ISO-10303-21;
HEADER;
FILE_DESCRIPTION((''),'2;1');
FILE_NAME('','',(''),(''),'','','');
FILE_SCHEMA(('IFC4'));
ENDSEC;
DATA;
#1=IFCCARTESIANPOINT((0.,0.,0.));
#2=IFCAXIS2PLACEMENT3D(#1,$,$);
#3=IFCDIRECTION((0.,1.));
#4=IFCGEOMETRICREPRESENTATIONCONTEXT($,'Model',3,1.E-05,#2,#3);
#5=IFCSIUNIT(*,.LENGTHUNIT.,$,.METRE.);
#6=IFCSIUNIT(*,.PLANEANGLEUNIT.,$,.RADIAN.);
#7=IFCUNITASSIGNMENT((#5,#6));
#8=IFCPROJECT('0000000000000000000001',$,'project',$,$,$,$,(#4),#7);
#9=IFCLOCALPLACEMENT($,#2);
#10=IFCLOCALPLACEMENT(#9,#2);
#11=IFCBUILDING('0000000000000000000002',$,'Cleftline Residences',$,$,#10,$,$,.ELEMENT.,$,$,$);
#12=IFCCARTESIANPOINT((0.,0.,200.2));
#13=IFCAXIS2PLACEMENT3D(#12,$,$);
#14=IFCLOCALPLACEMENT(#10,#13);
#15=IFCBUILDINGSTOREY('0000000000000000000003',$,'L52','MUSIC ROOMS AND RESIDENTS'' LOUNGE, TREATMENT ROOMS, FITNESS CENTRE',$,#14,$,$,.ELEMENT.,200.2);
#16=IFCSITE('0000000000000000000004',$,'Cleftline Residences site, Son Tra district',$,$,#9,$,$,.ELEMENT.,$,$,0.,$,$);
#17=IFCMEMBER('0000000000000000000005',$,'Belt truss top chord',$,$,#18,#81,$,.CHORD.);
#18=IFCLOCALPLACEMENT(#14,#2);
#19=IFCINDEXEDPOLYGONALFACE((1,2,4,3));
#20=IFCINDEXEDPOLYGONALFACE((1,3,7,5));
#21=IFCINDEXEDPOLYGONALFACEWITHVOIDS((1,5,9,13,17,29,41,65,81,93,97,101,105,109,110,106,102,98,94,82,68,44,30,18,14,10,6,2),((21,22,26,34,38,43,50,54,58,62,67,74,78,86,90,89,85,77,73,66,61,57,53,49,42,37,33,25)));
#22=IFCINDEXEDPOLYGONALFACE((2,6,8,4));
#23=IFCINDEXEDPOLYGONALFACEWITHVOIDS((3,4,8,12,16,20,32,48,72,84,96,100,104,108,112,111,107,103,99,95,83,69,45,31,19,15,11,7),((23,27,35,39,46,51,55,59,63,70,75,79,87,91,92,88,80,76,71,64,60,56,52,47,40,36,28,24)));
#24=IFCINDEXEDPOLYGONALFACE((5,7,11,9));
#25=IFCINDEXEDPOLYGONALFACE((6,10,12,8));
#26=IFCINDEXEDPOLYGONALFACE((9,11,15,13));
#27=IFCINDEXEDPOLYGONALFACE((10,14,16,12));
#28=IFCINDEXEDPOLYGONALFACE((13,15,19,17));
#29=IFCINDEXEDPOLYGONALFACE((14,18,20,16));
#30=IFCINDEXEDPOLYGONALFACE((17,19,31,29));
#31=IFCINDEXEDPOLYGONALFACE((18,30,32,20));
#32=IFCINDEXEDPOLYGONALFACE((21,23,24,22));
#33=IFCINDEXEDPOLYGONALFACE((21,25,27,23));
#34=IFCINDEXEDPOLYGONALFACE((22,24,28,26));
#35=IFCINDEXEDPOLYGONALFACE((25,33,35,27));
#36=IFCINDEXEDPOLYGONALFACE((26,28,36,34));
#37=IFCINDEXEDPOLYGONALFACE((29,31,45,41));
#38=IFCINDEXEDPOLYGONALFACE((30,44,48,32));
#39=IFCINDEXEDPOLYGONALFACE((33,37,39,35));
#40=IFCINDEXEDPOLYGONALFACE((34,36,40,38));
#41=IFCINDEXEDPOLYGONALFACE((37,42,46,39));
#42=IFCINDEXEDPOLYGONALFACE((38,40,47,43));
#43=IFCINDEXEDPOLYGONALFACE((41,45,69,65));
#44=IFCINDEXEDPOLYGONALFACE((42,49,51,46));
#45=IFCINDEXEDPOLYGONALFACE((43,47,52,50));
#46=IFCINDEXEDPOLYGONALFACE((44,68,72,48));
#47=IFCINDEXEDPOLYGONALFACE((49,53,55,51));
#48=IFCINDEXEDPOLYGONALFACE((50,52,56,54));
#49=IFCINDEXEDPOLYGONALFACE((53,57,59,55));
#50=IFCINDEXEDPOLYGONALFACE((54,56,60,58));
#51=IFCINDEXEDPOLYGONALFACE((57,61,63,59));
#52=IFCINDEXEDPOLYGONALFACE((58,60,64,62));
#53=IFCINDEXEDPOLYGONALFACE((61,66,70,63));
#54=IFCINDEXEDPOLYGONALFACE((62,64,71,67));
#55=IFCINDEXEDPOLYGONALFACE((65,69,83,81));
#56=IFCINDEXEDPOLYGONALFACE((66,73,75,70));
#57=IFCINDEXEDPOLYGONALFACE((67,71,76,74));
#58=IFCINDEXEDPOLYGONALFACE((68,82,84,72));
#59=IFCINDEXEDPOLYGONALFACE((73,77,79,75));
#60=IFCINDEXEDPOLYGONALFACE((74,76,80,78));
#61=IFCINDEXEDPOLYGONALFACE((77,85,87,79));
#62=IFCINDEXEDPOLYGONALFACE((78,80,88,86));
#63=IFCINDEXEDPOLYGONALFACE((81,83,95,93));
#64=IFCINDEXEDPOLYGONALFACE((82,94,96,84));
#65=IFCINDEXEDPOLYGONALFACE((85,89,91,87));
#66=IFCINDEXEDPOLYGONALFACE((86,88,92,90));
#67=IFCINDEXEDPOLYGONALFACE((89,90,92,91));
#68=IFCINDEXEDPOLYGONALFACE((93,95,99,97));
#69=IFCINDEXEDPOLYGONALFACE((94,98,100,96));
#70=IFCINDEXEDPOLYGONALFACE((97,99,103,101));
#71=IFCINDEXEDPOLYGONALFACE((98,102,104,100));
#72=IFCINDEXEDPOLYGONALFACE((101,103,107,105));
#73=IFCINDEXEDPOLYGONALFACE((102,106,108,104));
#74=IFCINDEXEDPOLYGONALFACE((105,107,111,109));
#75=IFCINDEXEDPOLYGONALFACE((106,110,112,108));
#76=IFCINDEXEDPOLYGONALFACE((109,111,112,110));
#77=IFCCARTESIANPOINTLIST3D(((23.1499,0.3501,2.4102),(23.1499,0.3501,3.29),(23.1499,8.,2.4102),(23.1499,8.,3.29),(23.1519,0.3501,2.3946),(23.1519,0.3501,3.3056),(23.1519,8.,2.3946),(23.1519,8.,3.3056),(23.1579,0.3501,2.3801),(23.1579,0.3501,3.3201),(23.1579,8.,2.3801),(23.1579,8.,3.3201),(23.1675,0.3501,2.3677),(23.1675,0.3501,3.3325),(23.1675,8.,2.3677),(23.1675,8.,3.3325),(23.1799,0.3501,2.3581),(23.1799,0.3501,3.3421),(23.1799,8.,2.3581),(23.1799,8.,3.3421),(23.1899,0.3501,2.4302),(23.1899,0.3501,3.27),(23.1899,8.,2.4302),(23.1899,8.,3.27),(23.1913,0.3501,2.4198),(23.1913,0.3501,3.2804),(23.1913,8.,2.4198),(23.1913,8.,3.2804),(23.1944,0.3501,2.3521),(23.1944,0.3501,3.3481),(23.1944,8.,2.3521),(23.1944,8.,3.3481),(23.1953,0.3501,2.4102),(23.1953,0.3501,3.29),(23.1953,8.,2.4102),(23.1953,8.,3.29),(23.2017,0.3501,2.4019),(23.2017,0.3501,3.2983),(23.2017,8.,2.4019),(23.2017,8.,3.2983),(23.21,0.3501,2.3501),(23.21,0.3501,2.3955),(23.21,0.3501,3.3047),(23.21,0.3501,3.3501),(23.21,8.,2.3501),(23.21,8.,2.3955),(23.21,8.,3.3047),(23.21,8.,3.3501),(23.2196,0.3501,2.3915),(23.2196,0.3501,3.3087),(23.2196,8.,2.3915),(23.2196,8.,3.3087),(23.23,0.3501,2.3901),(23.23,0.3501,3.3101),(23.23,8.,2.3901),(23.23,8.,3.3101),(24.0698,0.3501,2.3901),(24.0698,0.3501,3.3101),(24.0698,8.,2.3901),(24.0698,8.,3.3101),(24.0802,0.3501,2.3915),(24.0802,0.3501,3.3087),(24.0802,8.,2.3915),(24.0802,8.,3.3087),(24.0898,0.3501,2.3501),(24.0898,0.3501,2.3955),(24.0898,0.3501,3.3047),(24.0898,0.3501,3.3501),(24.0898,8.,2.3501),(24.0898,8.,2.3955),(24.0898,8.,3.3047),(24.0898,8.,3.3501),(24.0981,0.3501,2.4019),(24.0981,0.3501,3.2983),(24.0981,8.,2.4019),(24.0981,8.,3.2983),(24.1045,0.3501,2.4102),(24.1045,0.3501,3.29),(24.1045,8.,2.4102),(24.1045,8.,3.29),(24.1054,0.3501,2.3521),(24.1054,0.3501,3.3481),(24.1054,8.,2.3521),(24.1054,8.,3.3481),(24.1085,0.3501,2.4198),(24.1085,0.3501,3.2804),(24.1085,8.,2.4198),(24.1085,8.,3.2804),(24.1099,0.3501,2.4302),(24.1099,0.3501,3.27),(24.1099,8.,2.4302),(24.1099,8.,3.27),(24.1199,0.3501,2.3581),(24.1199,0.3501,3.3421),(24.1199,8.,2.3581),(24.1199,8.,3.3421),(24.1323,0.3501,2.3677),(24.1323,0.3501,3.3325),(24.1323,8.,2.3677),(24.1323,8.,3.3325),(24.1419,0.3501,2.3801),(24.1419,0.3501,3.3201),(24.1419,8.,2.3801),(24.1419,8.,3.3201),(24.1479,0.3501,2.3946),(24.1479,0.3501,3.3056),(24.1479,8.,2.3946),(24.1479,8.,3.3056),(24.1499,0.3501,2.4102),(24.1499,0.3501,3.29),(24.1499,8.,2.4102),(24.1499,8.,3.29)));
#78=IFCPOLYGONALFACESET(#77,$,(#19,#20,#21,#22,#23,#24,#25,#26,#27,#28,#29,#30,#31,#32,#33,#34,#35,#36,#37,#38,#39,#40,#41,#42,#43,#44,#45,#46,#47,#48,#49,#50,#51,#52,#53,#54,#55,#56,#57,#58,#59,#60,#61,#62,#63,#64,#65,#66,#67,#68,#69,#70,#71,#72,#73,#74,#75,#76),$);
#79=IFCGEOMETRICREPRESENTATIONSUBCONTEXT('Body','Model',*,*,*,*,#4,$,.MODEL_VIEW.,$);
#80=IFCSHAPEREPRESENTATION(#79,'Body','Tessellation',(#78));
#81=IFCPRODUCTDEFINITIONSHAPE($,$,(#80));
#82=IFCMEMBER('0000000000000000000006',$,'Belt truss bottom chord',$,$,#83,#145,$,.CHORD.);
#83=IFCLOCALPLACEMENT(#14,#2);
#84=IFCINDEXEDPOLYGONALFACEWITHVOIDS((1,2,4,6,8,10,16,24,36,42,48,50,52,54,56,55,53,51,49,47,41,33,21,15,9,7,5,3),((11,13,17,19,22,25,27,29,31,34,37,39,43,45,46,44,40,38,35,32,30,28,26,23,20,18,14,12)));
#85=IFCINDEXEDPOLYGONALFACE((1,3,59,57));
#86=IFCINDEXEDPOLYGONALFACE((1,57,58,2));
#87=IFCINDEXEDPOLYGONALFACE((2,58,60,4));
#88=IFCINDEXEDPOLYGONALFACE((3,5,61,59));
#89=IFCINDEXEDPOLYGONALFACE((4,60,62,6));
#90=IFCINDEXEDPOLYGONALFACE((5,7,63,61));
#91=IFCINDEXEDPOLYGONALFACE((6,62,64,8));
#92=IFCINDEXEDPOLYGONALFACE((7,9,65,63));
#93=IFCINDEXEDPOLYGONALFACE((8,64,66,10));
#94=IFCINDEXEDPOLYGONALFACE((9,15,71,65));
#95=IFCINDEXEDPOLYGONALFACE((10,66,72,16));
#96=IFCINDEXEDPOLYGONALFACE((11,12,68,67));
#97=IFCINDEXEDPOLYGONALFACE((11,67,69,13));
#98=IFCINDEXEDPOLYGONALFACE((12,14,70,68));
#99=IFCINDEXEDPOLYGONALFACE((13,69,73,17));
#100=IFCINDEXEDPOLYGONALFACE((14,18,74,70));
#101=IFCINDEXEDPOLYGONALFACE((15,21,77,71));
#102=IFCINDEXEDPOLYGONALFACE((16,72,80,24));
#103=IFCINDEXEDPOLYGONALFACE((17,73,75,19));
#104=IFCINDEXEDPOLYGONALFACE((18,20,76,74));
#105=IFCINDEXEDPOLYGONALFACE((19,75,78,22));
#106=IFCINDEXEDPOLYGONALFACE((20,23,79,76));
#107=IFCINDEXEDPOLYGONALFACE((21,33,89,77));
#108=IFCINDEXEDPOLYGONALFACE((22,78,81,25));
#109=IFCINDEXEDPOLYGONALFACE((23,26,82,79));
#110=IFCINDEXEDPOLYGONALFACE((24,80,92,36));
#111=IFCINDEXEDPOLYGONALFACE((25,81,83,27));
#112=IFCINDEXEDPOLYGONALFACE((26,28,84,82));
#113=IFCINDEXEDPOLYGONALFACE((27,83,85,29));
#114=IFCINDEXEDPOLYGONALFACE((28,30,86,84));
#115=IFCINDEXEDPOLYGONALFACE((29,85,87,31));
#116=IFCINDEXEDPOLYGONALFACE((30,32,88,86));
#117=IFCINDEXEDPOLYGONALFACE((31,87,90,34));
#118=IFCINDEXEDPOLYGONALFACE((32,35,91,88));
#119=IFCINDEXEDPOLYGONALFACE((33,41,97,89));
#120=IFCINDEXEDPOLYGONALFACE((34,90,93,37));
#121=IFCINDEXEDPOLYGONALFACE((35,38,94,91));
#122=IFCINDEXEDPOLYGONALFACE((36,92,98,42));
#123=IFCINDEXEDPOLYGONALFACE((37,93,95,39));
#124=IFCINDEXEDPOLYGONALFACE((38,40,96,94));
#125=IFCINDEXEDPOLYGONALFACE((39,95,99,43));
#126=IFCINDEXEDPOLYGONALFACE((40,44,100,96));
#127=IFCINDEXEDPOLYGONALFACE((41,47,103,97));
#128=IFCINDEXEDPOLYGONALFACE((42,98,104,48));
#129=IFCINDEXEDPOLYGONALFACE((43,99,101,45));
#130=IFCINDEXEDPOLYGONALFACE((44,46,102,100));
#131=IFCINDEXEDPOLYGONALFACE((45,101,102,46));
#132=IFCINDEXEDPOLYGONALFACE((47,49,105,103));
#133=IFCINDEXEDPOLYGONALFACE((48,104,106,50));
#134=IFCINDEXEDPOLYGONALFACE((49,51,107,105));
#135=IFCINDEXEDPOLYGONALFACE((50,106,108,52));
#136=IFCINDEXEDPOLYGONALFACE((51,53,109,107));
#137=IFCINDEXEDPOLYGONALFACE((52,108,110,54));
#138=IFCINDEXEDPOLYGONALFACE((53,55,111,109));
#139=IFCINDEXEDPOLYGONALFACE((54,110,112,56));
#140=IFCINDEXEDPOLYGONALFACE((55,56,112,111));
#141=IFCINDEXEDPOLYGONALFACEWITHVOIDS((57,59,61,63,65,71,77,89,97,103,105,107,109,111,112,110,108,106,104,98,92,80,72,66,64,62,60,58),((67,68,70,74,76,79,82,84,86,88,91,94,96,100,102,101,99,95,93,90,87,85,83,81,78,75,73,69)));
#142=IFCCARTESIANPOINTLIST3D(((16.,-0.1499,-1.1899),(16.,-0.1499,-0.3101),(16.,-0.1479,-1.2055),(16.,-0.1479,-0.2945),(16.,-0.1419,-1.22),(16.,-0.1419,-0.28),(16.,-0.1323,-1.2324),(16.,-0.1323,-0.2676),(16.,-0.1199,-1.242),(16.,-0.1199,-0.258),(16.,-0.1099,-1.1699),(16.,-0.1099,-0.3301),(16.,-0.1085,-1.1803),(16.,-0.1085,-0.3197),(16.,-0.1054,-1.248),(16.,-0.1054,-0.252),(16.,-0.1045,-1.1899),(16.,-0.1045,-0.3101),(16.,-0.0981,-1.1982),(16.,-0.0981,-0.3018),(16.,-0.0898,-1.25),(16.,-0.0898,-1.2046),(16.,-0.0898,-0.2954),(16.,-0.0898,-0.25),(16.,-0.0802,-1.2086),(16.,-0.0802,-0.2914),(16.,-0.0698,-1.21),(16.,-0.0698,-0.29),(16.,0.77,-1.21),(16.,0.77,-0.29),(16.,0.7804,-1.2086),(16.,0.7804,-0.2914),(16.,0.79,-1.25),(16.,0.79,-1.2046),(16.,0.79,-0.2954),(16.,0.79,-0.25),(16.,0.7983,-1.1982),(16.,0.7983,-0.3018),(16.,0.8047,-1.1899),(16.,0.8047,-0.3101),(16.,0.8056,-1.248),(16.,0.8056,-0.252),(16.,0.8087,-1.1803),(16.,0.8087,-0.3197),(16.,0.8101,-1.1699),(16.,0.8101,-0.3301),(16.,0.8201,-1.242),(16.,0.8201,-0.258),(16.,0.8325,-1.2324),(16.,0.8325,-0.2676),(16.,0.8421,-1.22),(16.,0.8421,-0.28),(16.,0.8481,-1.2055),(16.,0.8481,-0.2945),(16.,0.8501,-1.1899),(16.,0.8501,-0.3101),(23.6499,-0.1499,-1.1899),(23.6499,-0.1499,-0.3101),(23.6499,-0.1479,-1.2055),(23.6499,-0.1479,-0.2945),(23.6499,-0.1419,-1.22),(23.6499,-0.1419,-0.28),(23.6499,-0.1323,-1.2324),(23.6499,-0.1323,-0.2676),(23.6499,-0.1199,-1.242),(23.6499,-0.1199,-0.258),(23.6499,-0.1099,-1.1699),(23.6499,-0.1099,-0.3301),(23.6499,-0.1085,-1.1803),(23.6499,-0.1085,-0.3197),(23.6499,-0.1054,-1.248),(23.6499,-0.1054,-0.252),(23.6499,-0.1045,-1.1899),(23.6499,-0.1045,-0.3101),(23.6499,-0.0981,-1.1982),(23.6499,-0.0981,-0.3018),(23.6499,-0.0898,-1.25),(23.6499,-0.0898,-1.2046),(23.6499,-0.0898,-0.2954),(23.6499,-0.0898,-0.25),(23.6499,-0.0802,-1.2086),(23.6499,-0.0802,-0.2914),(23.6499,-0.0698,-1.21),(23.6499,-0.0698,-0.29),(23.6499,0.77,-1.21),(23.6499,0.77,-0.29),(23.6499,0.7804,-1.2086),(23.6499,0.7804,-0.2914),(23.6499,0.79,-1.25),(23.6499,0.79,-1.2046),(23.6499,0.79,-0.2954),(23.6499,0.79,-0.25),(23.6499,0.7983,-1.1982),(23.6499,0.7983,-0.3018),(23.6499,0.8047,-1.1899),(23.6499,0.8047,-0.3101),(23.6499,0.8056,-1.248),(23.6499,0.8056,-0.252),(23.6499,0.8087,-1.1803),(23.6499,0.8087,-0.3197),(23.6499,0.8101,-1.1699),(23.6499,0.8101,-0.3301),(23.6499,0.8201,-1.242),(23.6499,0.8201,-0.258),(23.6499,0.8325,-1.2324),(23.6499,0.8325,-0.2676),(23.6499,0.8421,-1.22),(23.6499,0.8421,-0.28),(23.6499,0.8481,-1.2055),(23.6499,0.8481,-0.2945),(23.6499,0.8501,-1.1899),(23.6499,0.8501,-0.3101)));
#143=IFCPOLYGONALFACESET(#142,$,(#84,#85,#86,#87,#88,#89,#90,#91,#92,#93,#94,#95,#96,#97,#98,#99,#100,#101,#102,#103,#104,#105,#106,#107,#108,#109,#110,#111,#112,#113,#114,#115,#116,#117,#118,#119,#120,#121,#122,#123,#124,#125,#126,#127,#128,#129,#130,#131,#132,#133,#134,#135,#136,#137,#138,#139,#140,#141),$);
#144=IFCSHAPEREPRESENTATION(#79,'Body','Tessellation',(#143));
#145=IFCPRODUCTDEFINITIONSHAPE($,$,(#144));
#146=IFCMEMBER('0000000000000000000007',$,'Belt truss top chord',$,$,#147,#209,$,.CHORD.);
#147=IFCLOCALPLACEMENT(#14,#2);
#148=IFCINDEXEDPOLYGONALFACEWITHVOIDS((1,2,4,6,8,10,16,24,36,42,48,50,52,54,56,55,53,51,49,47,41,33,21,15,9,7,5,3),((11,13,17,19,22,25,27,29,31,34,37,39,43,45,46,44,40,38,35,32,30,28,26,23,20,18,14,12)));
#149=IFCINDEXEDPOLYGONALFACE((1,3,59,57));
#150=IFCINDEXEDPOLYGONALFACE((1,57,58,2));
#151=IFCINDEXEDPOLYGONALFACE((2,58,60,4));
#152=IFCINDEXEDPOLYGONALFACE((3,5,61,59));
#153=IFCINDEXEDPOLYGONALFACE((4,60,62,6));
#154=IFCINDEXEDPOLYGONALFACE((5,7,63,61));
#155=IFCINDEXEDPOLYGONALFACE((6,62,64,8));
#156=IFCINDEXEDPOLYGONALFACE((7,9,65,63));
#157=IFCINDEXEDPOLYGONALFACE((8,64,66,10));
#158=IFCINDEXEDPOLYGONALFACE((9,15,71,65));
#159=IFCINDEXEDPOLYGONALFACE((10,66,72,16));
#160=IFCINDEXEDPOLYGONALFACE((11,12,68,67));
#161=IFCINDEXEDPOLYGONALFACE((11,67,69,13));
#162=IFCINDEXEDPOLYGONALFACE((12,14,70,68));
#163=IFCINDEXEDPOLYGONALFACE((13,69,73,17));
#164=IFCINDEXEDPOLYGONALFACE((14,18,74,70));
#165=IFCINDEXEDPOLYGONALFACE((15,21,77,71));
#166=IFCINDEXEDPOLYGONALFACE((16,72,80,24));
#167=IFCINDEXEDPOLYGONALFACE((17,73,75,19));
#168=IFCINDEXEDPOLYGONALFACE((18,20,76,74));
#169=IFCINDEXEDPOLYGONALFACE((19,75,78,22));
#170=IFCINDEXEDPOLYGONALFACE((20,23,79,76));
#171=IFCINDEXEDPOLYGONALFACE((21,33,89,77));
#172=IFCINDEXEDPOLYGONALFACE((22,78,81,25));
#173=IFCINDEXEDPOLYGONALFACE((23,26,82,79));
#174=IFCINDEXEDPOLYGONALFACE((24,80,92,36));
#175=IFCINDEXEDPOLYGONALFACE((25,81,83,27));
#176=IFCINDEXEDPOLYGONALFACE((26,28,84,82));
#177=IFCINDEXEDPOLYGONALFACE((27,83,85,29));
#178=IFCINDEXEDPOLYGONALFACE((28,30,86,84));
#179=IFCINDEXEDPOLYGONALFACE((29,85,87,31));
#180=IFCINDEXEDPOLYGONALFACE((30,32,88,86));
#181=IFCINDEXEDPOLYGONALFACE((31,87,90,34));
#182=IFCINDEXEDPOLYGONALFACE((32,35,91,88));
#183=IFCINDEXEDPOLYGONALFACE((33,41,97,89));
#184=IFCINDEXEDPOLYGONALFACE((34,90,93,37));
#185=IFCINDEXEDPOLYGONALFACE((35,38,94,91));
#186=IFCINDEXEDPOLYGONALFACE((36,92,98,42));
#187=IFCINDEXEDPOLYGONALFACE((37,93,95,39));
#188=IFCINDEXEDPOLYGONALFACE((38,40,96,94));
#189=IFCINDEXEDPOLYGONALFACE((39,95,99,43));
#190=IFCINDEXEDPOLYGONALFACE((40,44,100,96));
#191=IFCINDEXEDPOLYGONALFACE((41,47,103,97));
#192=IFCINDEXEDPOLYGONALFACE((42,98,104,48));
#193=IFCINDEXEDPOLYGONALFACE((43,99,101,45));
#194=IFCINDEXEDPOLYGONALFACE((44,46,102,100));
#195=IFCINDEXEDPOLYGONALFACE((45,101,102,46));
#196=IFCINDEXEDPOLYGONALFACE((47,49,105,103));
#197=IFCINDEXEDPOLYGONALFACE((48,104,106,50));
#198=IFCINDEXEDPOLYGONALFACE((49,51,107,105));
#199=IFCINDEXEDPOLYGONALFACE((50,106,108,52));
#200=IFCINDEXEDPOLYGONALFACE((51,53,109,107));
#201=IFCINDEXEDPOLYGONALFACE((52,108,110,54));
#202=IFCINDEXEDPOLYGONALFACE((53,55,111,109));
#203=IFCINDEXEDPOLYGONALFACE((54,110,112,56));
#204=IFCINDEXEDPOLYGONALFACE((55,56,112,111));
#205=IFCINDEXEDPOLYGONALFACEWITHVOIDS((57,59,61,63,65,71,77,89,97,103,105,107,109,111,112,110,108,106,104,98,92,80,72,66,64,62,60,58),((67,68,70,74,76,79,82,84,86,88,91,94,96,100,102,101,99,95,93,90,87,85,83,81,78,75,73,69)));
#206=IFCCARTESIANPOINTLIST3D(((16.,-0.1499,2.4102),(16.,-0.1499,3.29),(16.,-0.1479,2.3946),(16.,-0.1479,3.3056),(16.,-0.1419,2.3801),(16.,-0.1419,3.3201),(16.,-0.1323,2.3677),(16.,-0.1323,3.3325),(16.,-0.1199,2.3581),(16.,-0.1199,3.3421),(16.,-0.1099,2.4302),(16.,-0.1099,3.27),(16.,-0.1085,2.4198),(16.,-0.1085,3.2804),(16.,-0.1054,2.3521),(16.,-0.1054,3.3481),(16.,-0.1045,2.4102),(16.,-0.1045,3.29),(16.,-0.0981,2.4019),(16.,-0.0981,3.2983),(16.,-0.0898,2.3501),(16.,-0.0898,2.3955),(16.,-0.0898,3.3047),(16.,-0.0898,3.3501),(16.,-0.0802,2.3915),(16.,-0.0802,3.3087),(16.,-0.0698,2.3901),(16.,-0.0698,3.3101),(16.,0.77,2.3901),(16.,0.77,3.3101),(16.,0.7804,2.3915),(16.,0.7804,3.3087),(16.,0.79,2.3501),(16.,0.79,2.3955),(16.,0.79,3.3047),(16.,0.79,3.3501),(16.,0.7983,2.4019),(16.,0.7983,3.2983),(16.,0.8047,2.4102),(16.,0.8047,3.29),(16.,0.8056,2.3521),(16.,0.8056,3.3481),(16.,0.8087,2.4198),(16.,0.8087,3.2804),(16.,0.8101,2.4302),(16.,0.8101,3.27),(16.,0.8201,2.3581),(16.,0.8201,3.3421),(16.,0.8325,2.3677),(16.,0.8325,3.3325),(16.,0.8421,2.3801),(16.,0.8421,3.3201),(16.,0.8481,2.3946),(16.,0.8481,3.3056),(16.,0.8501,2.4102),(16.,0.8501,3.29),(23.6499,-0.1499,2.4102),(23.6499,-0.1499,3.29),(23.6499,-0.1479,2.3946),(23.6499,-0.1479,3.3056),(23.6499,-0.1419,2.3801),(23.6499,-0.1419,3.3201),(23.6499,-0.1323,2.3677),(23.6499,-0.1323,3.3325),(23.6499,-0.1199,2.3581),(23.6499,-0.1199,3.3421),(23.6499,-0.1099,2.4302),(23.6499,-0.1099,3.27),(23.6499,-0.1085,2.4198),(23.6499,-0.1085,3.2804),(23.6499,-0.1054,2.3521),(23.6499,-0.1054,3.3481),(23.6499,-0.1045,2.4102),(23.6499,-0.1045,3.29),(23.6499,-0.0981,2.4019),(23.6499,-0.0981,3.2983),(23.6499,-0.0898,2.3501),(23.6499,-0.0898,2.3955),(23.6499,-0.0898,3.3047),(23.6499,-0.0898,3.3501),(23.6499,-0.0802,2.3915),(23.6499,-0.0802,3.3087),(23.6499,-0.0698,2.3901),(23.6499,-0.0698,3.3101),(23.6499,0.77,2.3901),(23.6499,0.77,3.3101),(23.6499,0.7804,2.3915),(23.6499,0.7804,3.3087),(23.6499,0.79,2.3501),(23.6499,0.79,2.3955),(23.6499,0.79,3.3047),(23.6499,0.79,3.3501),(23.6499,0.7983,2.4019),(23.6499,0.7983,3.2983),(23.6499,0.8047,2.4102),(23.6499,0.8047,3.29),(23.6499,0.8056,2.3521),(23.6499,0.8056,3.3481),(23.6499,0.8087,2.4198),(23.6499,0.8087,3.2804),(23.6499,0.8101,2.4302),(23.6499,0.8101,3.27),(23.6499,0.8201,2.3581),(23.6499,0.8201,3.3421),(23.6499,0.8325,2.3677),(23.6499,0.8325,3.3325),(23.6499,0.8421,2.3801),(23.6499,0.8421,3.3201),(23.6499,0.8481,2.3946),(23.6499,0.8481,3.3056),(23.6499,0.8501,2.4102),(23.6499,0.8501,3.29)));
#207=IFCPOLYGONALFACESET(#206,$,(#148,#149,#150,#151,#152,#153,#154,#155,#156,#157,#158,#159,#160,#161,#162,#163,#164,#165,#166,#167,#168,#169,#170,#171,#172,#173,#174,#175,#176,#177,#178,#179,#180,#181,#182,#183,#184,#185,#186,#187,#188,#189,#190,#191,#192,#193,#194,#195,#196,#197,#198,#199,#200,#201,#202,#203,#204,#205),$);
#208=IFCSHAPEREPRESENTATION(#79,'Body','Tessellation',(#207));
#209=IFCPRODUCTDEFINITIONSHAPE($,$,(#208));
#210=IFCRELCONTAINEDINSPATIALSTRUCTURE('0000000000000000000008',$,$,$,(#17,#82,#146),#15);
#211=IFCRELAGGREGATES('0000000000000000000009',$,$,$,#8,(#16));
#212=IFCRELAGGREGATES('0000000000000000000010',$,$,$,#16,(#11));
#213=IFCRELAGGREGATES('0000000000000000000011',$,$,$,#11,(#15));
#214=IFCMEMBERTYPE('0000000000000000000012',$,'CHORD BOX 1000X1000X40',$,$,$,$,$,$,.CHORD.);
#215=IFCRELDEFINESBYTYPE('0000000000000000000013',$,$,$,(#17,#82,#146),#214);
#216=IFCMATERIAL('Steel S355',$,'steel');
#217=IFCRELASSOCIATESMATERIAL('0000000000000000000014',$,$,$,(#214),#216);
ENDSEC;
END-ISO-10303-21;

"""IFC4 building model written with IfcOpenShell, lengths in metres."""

from ifc_helpers import new_model, si_unit, direction, frame, origin, origin_2d, place, context, subcontext, project, spatial, hollow_rectangle, extrude, material, material_profile, profile_set, type_object, element, save


model = new_model("IFC4")

# Units and contexts
model_context = context("Model", 3, precision=1e-05, world=origin(), true_north=direction((0.0, 1.0)))
body_context = subcontext(model_context, "Body", "Model", "MODEL_VIEW")
ifc_project = project(units=[si_unit("LENGTHUNIT", "METRE"), si_unit("PLANEANGLEUNIT", "RADIAN")], contexts=[model_context])

# Site, building, storey
site_placement = place(None, origin())
site = spatial("IfcSite", under=ifc_project, at=site_placement, Name="Cleftline Residences site, Son Tra district", CompositionType="ELEMENT", RefElevation=0.0)
building_placement = place(site_placement, origin())
building = spatial("IfcBuilding", under=site, at=building_placement, Name="Cleftline Residences", CompositionType="ELEMENT")
storey_placement = place(building_placement, frame((0.0, 0.0, 200.2)))
storey = spatial("IfcBuildingStorey", under=building, at=storey_placement, Name="L52", Description="MUSIC ROOMS AND RESIDENTS' LOUNGE, TREATMENT ROOMS, FITNESS CENTRE", CompositionType="ELEMENT", Elevation=200.2)

# Members
ifc_material_1 = material(Name="Steel S355", Category="steel")
ifc_material_profile_1 = material_profile(ifc_material_1, hollow_rectangle(XDim=1.0, YDim=1.0, WallThickness=0.04, InnerFilletRadius=0.04, OuterFilletRadius=0.0601, at=origin_2d()))
ifc_profile_set_1 = profile_set([ifc_material_profile_1], Name="Steel S355")
member_type_1 = type_object("IfcMemberType", Name="CHORD BOX 1000X1000X40", PredefinedType="CHORD", material=ifc_profile_set_1)
for number, where, z_axis, x_axis, name in (
    (1, (23.6499, 0.3501, 2.8501), (0.0, 1.0, 0.0), (-1.0, 0.0, 0.0), "Belt truss top chord"),
    (2, (16.0, 0.3501, -0.75), (1.0, 0.0, 0.0), (0.0, 1.0, 0.0), "Belt truss bottom chord"),
    (3, (16.0, 0.3501, 2.8501), (1.0, 0.0, 0.0), (0.0, 1.0, 0.0), "Belt truss top chord"),
):
    element("IfcMember", number, at=place(storey_placement, frame(where, z_axis=z_axis, x_axis=x_axis)), inside=storey, type_object=member_type_1, Name=name, PredefinedType="CHORD", context=body_context, shape_type="SweptSolid", body=[
        extrude(hollow_rectangle(XDim=1.0, YDim=1.0, WallThickness=0.04, InnerFilletRadius=0.04, OuterFilletRadius=0.0601, at=origin_2d()), origin(), (0.0, 0.0, 1.0), 7.6499),
    ])

save(model, "model.ifc")
